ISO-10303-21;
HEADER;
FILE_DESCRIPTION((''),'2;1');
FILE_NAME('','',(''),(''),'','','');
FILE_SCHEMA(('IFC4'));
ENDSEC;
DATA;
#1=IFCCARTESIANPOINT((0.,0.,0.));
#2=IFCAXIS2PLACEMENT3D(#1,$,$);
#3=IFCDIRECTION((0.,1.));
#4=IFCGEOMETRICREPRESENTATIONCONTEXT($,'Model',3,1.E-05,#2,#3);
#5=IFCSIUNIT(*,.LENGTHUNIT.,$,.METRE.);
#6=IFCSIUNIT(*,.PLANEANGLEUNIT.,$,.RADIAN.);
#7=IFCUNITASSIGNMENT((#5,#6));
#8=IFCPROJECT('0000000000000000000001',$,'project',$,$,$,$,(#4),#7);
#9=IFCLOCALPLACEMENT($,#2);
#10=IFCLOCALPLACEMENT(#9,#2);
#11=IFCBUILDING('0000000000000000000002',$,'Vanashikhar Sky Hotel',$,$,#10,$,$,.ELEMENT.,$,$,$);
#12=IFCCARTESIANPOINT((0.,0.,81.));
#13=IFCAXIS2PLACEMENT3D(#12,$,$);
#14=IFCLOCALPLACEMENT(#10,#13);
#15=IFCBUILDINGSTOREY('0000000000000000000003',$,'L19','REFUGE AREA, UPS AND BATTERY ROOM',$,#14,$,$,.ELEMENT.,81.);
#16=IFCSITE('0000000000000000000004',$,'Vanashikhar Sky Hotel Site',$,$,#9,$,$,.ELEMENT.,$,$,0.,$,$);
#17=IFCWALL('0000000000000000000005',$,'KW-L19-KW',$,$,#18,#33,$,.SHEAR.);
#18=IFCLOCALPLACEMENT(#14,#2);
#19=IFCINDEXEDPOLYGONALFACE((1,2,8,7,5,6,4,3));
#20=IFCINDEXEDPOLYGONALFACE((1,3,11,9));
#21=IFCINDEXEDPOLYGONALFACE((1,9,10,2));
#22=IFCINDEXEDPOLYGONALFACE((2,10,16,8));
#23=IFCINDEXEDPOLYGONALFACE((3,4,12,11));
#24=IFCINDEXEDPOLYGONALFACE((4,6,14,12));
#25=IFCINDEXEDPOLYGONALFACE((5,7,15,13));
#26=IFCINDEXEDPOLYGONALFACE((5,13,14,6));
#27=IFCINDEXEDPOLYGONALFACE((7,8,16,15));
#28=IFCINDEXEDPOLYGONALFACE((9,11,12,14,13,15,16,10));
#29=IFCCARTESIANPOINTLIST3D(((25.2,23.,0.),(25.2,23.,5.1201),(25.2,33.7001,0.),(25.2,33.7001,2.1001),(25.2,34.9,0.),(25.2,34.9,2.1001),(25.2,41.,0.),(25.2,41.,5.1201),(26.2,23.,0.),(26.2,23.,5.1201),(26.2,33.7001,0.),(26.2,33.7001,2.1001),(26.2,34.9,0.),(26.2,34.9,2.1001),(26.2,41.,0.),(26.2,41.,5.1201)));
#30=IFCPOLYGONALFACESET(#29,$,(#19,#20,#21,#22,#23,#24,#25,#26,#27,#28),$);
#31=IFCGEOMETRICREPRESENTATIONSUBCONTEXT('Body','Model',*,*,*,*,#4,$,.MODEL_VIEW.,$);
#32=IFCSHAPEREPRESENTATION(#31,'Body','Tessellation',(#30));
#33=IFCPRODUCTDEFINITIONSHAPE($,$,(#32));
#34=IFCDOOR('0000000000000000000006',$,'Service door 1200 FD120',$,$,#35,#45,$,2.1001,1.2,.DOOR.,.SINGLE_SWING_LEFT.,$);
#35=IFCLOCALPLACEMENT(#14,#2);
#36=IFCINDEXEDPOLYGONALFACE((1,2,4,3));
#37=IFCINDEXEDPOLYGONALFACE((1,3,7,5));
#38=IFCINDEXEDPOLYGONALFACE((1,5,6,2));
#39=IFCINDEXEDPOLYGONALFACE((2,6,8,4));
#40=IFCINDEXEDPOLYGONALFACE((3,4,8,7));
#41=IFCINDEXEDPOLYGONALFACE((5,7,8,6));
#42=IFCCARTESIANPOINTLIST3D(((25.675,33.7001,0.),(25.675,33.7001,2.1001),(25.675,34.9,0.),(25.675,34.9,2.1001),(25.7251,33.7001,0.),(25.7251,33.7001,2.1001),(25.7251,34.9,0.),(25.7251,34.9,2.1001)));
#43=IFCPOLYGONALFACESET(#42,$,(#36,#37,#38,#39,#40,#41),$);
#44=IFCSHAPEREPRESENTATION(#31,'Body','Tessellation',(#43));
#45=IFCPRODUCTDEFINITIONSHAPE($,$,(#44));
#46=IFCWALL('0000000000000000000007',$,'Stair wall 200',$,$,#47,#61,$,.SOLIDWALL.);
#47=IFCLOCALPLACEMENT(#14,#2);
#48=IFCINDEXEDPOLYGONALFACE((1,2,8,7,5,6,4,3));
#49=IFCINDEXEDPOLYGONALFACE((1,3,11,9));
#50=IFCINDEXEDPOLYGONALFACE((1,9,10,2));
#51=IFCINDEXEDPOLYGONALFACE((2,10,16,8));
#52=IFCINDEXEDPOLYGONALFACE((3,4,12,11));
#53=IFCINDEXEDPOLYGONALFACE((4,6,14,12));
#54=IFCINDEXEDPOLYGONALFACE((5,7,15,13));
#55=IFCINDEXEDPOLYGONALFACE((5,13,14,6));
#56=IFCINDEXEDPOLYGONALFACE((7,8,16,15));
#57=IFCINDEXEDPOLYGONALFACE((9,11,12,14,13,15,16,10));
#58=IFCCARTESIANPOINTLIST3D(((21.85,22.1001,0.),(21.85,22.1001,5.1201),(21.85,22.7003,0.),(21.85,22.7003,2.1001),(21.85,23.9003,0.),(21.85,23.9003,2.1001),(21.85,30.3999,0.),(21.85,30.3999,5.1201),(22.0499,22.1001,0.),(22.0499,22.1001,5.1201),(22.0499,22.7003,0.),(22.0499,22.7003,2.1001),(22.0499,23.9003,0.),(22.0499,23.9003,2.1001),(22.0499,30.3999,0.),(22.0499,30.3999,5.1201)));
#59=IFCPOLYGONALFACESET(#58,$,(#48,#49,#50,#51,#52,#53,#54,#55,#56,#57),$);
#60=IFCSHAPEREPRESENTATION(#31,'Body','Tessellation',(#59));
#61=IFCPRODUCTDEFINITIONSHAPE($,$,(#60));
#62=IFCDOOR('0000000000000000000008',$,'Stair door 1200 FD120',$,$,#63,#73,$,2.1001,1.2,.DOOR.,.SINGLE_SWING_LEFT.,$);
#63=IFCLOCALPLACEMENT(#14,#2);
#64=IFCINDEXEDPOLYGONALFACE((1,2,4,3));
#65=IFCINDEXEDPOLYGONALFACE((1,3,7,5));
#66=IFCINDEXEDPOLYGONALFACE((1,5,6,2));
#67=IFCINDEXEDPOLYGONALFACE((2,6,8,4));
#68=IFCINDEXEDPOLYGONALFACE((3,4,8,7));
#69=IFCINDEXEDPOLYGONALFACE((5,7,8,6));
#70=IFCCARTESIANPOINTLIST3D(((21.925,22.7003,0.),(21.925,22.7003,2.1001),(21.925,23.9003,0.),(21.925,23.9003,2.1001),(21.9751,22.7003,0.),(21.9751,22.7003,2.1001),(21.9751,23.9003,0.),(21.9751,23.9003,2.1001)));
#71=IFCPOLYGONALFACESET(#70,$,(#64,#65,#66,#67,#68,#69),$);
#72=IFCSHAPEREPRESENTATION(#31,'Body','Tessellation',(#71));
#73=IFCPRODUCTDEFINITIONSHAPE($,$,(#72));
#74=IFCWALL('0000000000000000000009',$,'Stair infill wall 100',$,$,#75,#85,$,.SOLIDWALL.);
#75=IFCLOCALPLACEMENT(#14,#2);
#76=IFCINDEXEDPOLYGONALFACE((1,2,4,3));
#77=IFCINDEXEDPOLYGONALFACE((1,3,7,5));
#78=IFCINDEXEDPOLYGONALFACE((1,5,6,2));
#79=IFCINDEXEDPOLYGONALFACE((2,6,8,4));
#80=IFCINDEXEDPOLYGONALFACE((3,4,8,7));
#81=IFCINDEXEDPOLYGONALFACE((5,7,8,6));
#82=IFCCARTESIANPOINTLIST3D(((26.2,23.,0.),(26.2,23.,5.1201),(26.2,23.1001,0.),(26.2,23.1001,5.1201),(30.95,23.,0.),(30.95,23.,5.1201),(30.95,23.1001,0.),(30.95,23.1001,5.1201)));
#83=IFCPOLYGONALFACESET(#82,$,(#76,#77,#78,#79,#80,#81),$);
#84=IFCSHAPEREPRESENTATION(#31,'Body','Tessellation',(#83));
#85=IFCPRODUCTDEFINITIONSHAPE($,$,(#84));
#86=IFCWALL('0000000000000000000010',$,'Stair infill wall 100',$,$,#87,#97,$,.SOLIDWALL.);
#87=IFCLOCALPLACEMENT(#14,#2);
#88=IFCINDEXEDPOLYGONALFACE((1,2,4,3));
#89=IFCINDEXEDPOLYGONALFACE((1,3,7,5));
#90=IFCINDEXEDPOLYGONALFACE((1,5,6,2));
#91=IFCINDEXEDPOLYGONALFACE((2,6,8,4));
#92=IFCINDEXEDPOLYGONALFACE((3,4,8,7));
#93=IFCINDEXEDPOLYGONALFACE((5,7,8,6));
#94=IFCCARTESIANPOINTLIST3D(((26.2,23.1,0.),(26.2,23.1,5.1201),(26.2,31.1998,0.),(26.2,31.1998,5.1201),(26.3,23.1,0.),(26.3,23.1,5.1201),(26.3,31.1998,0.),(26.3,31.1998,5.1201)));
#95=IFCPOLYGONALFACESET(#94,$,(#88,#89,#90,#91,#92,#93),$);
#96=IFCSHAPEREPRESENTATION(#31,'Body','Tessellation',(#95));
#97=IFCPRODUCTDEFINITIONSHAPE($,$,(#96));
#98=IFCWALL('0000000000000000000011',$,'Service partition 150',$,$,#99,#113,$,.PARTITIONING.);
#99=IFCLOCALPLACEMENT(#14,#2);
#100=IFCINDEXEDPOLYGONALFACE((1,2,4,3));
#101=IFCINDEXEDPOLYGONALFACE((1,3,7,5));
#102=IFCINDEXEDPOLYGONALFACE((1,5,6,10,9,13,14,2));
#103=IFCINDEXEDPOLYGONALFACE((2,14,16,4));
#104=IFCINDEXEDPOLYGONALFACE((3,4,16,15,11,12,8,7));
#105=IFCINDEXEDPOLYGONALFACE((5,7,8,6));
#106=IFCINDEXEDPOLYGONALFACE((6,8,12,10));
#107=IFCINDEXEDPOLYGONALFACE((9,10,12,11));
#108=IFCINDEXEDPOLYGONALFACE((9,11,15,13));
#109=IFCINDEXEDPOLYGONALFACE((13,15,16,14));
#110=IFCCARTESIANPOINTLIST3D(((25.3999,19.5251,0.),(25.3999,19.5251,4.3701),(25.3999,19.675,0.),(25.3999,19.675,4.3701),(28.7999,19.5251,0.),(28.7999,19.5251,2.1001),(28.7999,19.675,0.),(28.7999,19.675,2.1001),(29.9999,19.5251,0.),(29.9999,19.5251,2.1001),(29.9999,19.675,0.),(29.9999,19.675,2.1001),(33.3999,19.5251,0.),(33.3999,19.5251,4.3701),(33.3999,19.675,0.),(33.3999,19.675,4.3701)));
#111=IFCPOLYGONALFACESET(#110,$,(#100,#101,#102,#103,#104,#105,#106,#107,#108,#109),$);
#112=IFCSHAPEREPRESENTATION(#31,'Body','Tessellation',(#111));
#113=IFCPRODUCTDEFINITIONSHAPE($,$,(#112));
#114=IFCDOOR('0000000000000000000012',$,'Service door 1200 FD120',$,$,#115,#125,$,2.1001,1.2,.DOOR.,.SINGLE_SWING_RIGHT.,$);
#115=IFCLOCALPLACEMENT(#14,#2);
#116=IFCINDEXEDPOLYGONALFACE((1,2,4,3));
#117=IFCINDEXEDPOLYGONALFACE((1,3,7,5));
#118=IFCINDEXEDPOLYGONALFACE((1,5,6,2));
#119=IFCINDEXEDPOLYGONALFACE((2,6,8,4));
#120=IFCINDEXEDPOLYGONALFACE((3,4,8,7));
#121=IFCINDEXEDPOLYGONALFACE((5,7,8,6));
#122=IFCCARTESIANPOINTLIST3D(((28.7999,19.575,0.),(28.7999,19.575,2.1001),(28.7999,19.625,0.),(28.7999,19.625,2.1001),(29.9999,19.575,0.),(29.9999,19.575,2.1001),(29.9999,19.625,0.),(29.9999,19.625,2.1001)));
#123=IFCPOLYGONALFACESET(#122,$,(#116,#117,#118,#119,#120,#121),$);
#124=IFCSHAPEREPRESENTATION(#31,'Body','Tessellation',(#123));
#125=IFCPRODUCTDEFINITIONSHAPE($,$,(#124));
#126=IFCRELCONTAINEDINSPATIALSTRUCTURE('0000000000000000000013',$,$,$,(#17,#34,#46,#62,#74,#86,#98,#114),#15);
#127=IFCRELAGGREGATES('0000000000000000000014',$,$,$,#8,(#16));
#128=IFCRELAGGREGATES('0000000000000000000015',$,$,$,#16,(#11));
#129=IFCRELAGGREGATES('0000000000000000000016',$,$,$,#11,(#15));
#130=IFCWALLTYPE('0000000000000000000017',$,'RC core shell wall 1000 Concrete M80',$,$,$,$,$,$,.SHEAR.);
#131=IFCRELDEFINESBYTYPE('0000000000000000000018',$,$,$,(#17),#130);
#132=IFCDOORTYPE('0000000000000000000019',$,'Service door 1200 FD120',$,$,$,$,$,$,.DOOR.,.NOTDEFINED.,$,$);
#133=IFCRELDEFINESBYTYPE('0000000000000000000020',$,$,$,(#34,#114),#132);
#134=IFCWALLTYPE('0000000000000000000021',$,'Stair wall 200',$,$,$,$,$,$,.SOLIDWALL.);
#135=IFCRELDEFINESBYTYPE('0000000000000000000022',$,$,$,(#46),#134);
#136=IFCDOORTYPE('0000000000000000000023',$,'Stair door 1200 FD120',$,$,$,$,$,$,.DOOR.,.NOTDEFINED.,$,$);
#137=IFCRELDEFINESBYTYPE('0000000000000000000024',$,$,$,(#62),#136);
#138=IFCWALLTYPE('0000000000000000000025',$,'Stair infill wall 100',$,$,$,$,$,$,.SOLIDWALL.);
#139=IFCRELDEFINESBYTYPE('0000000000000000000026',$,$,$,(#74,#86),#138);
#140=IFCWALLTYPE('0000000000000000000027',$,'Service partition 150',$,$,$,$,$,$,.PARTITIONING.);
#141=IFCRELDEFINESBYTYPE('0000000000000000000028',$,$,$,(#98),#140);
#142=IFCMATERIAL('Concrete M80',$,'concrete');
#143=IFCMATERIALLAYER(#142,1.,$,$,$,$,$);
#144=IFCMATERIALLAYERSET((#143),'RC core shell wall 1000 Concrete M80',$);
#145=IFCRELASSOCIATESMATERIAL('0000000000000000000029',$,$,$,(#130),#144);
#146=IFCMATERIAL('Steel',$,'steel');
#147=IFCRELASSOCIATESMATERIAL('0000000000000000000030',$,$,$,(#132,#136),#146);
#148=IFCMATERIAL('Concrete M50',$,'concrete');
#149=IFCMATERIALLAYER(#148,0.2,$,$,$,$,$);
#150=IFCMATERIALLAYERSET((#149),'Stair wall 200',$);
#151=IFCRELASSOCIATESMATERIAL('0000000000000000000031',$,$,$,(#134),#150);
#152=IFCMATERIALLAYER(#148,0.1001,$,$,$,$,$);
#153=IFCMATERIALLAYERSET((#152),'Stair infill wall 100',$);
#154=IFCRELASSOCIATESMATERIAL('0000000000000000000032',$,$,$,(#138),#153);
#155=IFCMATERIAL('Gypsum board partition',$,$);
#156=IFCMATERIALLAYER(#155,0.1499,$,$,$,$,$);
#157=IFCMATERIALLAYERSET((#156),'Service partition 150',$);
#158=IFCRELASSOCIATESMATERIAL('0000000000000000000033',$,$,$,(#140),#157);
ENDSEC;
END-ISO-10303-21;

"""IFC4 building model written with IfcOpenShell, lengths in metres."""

from ifc_helpers import new_model, si_unit, direction, frame, frame_2d, origin, place, context, subcontext, project, spatial, rectangle, extrude, source, transform, mapped, material, layer, layer_set, type_object, element, fill, save


model = new_model("IFC4")

# Units and contexts
model_context = context("Model", 3, precision=1e-05, world=origin(), true_north=direction((0.0, 1.0)))
body_context = subcontext(model_context, "Body", "Model", "MODEL_VIEW")
ifc_project = project(units=[si_unit("LENGTHUNIT", "METRE"), si_unit("PLANEANGLEUNIT", "RADIAN")], contexts=[model_context])

# Site, building, storey
site_placement = place(None, origin())
site = spatial("IfcSite", under=ifc_project, at=site_placement, Name="Vanashikhar Sky Hotel Site", CompositionType="ELEMENT", RefElevation=0.0)
building_placement = place(site_placement, origin())
building = spatial("IfcBuilding", under=site, at=building_placement, Name="Vanashikhar Sky Hotel", CompositionType="ELEMENT")
storey_placement = place(building_placement, frame((0.0, 0.0, 81.0)))
storey = spatial("IfcBuildingStorey", under=building, at=storey_placement, Name="L19", Description="REFUGE AREA, UPS AND BATTERY ROOM", CompositionType="ELEMENT", Elevation=81.0)

# Shared definitions
ifc_material_1 = material(Name="Concrete M50", Category="concrete")

# Shared definitions
ifc_material_2 = material(Name="Concrete M80", Category="concrete")
ifc_layer_1 = layer(ifc_material_2, 1.0)
ifc_layer_set_1 = layer_set([ifc_layer_1], Name="RC core shell wall 1000 Concrete M80")
wall_type_1 = type_object("IfcWallType", Name="RC core shell wall 1000 Concrete M80", PredefinedType="SHEAR", material=ifc_layer_set_1)
shared_shape_1 = source(origin(), body_context, "Body", "SweptSolid", [
    extrude(rectangle(XDim=1.2, YDim=2.1001, at=frame_2d((0.6001, 1.05))), frame((0.0, 0.51, 0.0), z_axis=(0.0, -1.0, 0.0), x_axis=(1.0, 0.0, 0.0)), (0.0, 0.0, 1.0), 1.02),
])
ifc_material_3 = material(Name="Steel", Category="steel")

# Walls, openings, doors
shared_shape_2 = source(origin(), body_context, "Body", "SweptSolid", [
    extrude(rectangle(XDim=18.0, YDim=1.0, at=frame_2d((9.0, 0.0))), origin(), (0.0, 0.0, 1.0), 5.1201),
])
wall_1_placement = place(storey_placement, frame((25.7, 23.0, 0.0), z_axis=(0.0, 0.0, 1.0), x_axis=(0.0, 1.0, 0.0)))
wall_1 = element("IfcWall", 1, at=wall_1_placement, inside=storey, type_object=wall_type_1, Name="KW-L19-KW", PredefinedType="SHEAR", context=body_context, shape_type="MappedRepresentation", body=[
    mapped(shared_shape_2, transform((0.0, 0.0, 0.0), scale=1.0)),
])
opening_1_placement = place(wall_1_placement, frame((10.7, 0.0, 0.0)))
opening_1 = element("IfcOpeningElement", 2, at=opening_1_placement, cuts=wall_1, PredefinedType="OPENING", context=body_context, shape_type="MappedRepresentation", body=[
    mapped(shared_shape_1, transform((0.0, 0.0, 0.0), scale=1.0)),
])
door_type_1 = type_object("IfcDoorType", Name="Service door 1200 FD120", OperationType="NOTDEFINED", PredefinedType="DOOR", material=ifc_material_3)
shared_shape_3 = source(origin(), body_context, "Body", "SweptSolid", [
    extrude(rectangle(XDim=1.2, YDim=2.1001, at=frame_2d((0.6001, 1.05))), frame((0.0, 0.0249, 0.0), z_axis=(0.0, -1.0, 0.0), x_axis=(1.0, 0.0, 0.0)), (0.0, 0.0, 1.0), 0.05),
])
door_1_placement = place(opening_1_placement, origin())
door_1 = element("IfcDoor", 3, at=door_1_placement, inside=storey, type_object=door_type_1, Name="Service door 1200 FD120", OperationType="SINGLE_SWING_LEFT", OverallHeight=2.1001, OverallWidth=1.2, PredefinedType="DOOR", context=body_context, shape_type="MappedRepresentation", body=[
    mapped(shared_shape_3, transform((0.0, 0.0, 0.0), scale=1.0)),
])
fill(opening_1, door_1)
ifc_layer_2 = layer(ifc_material_1, 0.2)
ifc_layer_set_2 = layer_set([ifc_layer_2], Name="Stair wall 200")
wall_type_2 = type_object("IfcWallType", Name="Stair wall 200", PredefinedType="SOLIDWALL", material=ifc_layer_set_2)
shared_shape_4 = source(origin(), body_context, "Body", "SweptSolid", [
    extrude(rectangle(XDim=8.2998, YDim=0.2, at=frame_2d((4.1499, 0.0))), origin(), (0.0, 0.0, 1.0), 5.1201),
])
wall_2_placement = place(storey_placement, frame((21.95, 22.1001, 0.0), z_axis=(0.0, 0.0, 1.0), x_axis=(0.0, 1.0, 0.0)))
wall_2 = element("IfcWall", 4, at=wall_2_placement, inside=storey, type_object=wall_type_2, Name="Stair wall 200", PredefinedType="SOLIDWALL", context=body_context, shape_type="MappedRepresentation", body=[
    mapped(shared_shape_4, transform((0.0, 0.0, 0.0), scale=1.0)),
])
shared_shape_5 = source(origin(), body_context, "Body", "SweptSolid", [
    extrude(rectangle(XDim=1.2, YDim=2.1001, at=frame_2d((0.6001, 1.05))), frame((0.0, 0.1099, 0.0), z_axis=(0.0, -1.0, 0.0), x_axis=(1.0, 0.0, 0.0)), (0.0, 0.0, 1.0), 0.22),
])
opening_2_placement = place(wall_2_placement, frame((0.6001, 0.0, 0.0)))
opening_2 = element("IfcOpeningElement", 5, at=opening_2_placement, cuts=wall_2, PredefinedType="OPENING", context=body_context, shape_type="MappedRepresentation", body=[
    mapped(shared_shape_5, transform((0.0, 0.0, 0.0), scale=1.0)),
])
door_type_2 = type_object("IfcDoorType", Name="Stair door 1200 FD120", OperationType="NOTDEFINED", PredefinedType="DOOR", material=ifc_material_3)
door_2_placement = place(opening_2_placement, origin())
door_2 = element("IfcDoor", 6, at=door_2_placement, inside=storey, type_object=door_type_2, Name="Stair door 1200 FD120", OperationType="SINGLE_SWING_LEFT", OverallHeight=2.1001, OverallWidth=1.2, PredefinedType="DOOR", context=body_context, shape_type="MappedRepresentation", body=[
    mapped(shared_shape_3, transform((0.0, 0.0, 0.0), scale=1.0)),
])
fill(opening_2, door_2)

# Walls
ifc_layer_3 = layer(ifc_material_1, 0.1001)
ifc_layer_set_3 = layer_set([ifc_layer_3], Name="Stair infill wall 100")
wall_type_3 = type_object("IfcWallType", Name="Stair infill wall 100", PredefinedType="SOLIDWALL", material=ifc_layer_set_3)
shared_shape_6 = source(origin(), body_context, "Body", "SweptSolid", [
    extrude(rectangle(XDim=4.75, YDim=0.1001, at=frame_2d((2.375, 0.0))), origin(), (0.0, 0.0, 1.0), 5.1201),
])
wall_3_placement = place(storey_placement, frame((26.2, 23.05, 0.0), z_axis=(0.0, 0.0, 1.0), x_axis=(1.0, 0.0, 0.0)))
element("IfcWall", 7, at=wall_3_placement, inside=storey, type_object=wall_type_3, Name="Stair infill wall 100", PredefinedType="SOLIDWALL", context=body_context, shape_type="MappedRepresentation", body=[
    mapped(shared_shape_6, transform((0.0, 0.0, 0.0), scale=1.0)),
])
shared_shape_7 = source(origin(), body_context, "Body", "SweptSolid", [
    extrude(rectangle(XDim=8.0999, YDim=0.1001, at=frame_2d((4.0498, 0.0))), origin(), (0.0, 0.0, 1.0), 5.1201),
])
wall_4_placement = place(storey_placement, frame((26.25, 23.1001, 0.0), z_axis=(0.0, 0.0, 1.0), x_axis=(0.0, 1.0, 0.0)))
element("IfcWall", 8, at=wall_4_placement, inside=storey, type_object=wall_type_3, Name="Stair infill wall 100", PredefinedType="SOLIDWALL", context=body_context, shape_type="MappedRepresentation", body=[
    mapped(shared_shape_7, transform((0.0, 0.0, 0.0), scale=1.0)),
])

# Wall, opening, door
ifc_material_4 = material(Name="Gypsum board partition")
ifc_layer_4 = layer(ifc_material_4, 0.1499)
ifc_layer_set_4 = layer_set([ifc_layer_4], Name="Service partition 150")
wall_type_4 = type_object("IfcWallType", Name="Service partition 150", PredefinedType="PARTITIONING", material=ifc_layer_set_4)
shared_shape_8 = source(origin(), body_context, "Body", "SweptSolid", [
    extrude(rectangle(XDim=8.0, YDim=0.1499, at=frame_2d((4.0, 0.0))), origin(), (0.0, 0.0, 1.0), 4.3701),
])
wall_5_placement = place(storey_placement, frame((25.3999, 19.6001, 0.0), z_axis=(0.0, 0.0, 1.0), x_axis=(1.0, 0.0, 0.0)))
wall_5 = element("IfcWall", 9, at=wall_5_placement, inside=storey, type_object=wall_type_4, Name="Service partition 150", PredefinedType="PARTITIONING", context=body_context, shape_type="MappedRepresentation", body=[
    mapped(shared_shape_8, transform((0.0, 0.0, 0.0), scale=1.0)),
])
shared_shape_9 = source(origin(), body_context, "Body", "SweptSolid", [
    extrude(rectangle(XDim=1.2, YDim=2.1001, at=frame_2d((0.6001, 1.05))), frame((0.0, 0.085, 0.0), z_axis=(0.0, -1.0, 0.0), x_axis=(1.0, 0.0, 0.0)), (0.0, 0.0, 1.0), 0.1699),
])
opening_3_placement = place(wall_5_placement, frame((3.3999, 0.0, 0.0)))
opening_3 = element("IfcOpeningElement", 10, at=opening_3_placement, cuts=wall_5, PredefinedType="OPENING", context=body_context, shape_type="MappedRepresentation", body=[
    mapped(shared_shape_9, transform((0.0, 0.0, 0.0), scale=1.0)),
])
door_3_placement = place(opening_3_placement, origin())
door_3 = element("IfcDoor", 11, at=door_3_placement, inside=storey, type_object=door_type_1, Name="Service door 1200 FD120", OperationType="SINGLE_SWING_RIGHT", OverallHeight=2.1001, OverallWidth=1.2, PredefinedType="DOOR", context=body_context, shape_type="MappedRepresentation", body=[
    mapped(shared_shape_3, transform((0.0, 0.0, 0.0), scale=1.0)),
])
fill(opening_3, door_3)

save(model, "model.ifc")
